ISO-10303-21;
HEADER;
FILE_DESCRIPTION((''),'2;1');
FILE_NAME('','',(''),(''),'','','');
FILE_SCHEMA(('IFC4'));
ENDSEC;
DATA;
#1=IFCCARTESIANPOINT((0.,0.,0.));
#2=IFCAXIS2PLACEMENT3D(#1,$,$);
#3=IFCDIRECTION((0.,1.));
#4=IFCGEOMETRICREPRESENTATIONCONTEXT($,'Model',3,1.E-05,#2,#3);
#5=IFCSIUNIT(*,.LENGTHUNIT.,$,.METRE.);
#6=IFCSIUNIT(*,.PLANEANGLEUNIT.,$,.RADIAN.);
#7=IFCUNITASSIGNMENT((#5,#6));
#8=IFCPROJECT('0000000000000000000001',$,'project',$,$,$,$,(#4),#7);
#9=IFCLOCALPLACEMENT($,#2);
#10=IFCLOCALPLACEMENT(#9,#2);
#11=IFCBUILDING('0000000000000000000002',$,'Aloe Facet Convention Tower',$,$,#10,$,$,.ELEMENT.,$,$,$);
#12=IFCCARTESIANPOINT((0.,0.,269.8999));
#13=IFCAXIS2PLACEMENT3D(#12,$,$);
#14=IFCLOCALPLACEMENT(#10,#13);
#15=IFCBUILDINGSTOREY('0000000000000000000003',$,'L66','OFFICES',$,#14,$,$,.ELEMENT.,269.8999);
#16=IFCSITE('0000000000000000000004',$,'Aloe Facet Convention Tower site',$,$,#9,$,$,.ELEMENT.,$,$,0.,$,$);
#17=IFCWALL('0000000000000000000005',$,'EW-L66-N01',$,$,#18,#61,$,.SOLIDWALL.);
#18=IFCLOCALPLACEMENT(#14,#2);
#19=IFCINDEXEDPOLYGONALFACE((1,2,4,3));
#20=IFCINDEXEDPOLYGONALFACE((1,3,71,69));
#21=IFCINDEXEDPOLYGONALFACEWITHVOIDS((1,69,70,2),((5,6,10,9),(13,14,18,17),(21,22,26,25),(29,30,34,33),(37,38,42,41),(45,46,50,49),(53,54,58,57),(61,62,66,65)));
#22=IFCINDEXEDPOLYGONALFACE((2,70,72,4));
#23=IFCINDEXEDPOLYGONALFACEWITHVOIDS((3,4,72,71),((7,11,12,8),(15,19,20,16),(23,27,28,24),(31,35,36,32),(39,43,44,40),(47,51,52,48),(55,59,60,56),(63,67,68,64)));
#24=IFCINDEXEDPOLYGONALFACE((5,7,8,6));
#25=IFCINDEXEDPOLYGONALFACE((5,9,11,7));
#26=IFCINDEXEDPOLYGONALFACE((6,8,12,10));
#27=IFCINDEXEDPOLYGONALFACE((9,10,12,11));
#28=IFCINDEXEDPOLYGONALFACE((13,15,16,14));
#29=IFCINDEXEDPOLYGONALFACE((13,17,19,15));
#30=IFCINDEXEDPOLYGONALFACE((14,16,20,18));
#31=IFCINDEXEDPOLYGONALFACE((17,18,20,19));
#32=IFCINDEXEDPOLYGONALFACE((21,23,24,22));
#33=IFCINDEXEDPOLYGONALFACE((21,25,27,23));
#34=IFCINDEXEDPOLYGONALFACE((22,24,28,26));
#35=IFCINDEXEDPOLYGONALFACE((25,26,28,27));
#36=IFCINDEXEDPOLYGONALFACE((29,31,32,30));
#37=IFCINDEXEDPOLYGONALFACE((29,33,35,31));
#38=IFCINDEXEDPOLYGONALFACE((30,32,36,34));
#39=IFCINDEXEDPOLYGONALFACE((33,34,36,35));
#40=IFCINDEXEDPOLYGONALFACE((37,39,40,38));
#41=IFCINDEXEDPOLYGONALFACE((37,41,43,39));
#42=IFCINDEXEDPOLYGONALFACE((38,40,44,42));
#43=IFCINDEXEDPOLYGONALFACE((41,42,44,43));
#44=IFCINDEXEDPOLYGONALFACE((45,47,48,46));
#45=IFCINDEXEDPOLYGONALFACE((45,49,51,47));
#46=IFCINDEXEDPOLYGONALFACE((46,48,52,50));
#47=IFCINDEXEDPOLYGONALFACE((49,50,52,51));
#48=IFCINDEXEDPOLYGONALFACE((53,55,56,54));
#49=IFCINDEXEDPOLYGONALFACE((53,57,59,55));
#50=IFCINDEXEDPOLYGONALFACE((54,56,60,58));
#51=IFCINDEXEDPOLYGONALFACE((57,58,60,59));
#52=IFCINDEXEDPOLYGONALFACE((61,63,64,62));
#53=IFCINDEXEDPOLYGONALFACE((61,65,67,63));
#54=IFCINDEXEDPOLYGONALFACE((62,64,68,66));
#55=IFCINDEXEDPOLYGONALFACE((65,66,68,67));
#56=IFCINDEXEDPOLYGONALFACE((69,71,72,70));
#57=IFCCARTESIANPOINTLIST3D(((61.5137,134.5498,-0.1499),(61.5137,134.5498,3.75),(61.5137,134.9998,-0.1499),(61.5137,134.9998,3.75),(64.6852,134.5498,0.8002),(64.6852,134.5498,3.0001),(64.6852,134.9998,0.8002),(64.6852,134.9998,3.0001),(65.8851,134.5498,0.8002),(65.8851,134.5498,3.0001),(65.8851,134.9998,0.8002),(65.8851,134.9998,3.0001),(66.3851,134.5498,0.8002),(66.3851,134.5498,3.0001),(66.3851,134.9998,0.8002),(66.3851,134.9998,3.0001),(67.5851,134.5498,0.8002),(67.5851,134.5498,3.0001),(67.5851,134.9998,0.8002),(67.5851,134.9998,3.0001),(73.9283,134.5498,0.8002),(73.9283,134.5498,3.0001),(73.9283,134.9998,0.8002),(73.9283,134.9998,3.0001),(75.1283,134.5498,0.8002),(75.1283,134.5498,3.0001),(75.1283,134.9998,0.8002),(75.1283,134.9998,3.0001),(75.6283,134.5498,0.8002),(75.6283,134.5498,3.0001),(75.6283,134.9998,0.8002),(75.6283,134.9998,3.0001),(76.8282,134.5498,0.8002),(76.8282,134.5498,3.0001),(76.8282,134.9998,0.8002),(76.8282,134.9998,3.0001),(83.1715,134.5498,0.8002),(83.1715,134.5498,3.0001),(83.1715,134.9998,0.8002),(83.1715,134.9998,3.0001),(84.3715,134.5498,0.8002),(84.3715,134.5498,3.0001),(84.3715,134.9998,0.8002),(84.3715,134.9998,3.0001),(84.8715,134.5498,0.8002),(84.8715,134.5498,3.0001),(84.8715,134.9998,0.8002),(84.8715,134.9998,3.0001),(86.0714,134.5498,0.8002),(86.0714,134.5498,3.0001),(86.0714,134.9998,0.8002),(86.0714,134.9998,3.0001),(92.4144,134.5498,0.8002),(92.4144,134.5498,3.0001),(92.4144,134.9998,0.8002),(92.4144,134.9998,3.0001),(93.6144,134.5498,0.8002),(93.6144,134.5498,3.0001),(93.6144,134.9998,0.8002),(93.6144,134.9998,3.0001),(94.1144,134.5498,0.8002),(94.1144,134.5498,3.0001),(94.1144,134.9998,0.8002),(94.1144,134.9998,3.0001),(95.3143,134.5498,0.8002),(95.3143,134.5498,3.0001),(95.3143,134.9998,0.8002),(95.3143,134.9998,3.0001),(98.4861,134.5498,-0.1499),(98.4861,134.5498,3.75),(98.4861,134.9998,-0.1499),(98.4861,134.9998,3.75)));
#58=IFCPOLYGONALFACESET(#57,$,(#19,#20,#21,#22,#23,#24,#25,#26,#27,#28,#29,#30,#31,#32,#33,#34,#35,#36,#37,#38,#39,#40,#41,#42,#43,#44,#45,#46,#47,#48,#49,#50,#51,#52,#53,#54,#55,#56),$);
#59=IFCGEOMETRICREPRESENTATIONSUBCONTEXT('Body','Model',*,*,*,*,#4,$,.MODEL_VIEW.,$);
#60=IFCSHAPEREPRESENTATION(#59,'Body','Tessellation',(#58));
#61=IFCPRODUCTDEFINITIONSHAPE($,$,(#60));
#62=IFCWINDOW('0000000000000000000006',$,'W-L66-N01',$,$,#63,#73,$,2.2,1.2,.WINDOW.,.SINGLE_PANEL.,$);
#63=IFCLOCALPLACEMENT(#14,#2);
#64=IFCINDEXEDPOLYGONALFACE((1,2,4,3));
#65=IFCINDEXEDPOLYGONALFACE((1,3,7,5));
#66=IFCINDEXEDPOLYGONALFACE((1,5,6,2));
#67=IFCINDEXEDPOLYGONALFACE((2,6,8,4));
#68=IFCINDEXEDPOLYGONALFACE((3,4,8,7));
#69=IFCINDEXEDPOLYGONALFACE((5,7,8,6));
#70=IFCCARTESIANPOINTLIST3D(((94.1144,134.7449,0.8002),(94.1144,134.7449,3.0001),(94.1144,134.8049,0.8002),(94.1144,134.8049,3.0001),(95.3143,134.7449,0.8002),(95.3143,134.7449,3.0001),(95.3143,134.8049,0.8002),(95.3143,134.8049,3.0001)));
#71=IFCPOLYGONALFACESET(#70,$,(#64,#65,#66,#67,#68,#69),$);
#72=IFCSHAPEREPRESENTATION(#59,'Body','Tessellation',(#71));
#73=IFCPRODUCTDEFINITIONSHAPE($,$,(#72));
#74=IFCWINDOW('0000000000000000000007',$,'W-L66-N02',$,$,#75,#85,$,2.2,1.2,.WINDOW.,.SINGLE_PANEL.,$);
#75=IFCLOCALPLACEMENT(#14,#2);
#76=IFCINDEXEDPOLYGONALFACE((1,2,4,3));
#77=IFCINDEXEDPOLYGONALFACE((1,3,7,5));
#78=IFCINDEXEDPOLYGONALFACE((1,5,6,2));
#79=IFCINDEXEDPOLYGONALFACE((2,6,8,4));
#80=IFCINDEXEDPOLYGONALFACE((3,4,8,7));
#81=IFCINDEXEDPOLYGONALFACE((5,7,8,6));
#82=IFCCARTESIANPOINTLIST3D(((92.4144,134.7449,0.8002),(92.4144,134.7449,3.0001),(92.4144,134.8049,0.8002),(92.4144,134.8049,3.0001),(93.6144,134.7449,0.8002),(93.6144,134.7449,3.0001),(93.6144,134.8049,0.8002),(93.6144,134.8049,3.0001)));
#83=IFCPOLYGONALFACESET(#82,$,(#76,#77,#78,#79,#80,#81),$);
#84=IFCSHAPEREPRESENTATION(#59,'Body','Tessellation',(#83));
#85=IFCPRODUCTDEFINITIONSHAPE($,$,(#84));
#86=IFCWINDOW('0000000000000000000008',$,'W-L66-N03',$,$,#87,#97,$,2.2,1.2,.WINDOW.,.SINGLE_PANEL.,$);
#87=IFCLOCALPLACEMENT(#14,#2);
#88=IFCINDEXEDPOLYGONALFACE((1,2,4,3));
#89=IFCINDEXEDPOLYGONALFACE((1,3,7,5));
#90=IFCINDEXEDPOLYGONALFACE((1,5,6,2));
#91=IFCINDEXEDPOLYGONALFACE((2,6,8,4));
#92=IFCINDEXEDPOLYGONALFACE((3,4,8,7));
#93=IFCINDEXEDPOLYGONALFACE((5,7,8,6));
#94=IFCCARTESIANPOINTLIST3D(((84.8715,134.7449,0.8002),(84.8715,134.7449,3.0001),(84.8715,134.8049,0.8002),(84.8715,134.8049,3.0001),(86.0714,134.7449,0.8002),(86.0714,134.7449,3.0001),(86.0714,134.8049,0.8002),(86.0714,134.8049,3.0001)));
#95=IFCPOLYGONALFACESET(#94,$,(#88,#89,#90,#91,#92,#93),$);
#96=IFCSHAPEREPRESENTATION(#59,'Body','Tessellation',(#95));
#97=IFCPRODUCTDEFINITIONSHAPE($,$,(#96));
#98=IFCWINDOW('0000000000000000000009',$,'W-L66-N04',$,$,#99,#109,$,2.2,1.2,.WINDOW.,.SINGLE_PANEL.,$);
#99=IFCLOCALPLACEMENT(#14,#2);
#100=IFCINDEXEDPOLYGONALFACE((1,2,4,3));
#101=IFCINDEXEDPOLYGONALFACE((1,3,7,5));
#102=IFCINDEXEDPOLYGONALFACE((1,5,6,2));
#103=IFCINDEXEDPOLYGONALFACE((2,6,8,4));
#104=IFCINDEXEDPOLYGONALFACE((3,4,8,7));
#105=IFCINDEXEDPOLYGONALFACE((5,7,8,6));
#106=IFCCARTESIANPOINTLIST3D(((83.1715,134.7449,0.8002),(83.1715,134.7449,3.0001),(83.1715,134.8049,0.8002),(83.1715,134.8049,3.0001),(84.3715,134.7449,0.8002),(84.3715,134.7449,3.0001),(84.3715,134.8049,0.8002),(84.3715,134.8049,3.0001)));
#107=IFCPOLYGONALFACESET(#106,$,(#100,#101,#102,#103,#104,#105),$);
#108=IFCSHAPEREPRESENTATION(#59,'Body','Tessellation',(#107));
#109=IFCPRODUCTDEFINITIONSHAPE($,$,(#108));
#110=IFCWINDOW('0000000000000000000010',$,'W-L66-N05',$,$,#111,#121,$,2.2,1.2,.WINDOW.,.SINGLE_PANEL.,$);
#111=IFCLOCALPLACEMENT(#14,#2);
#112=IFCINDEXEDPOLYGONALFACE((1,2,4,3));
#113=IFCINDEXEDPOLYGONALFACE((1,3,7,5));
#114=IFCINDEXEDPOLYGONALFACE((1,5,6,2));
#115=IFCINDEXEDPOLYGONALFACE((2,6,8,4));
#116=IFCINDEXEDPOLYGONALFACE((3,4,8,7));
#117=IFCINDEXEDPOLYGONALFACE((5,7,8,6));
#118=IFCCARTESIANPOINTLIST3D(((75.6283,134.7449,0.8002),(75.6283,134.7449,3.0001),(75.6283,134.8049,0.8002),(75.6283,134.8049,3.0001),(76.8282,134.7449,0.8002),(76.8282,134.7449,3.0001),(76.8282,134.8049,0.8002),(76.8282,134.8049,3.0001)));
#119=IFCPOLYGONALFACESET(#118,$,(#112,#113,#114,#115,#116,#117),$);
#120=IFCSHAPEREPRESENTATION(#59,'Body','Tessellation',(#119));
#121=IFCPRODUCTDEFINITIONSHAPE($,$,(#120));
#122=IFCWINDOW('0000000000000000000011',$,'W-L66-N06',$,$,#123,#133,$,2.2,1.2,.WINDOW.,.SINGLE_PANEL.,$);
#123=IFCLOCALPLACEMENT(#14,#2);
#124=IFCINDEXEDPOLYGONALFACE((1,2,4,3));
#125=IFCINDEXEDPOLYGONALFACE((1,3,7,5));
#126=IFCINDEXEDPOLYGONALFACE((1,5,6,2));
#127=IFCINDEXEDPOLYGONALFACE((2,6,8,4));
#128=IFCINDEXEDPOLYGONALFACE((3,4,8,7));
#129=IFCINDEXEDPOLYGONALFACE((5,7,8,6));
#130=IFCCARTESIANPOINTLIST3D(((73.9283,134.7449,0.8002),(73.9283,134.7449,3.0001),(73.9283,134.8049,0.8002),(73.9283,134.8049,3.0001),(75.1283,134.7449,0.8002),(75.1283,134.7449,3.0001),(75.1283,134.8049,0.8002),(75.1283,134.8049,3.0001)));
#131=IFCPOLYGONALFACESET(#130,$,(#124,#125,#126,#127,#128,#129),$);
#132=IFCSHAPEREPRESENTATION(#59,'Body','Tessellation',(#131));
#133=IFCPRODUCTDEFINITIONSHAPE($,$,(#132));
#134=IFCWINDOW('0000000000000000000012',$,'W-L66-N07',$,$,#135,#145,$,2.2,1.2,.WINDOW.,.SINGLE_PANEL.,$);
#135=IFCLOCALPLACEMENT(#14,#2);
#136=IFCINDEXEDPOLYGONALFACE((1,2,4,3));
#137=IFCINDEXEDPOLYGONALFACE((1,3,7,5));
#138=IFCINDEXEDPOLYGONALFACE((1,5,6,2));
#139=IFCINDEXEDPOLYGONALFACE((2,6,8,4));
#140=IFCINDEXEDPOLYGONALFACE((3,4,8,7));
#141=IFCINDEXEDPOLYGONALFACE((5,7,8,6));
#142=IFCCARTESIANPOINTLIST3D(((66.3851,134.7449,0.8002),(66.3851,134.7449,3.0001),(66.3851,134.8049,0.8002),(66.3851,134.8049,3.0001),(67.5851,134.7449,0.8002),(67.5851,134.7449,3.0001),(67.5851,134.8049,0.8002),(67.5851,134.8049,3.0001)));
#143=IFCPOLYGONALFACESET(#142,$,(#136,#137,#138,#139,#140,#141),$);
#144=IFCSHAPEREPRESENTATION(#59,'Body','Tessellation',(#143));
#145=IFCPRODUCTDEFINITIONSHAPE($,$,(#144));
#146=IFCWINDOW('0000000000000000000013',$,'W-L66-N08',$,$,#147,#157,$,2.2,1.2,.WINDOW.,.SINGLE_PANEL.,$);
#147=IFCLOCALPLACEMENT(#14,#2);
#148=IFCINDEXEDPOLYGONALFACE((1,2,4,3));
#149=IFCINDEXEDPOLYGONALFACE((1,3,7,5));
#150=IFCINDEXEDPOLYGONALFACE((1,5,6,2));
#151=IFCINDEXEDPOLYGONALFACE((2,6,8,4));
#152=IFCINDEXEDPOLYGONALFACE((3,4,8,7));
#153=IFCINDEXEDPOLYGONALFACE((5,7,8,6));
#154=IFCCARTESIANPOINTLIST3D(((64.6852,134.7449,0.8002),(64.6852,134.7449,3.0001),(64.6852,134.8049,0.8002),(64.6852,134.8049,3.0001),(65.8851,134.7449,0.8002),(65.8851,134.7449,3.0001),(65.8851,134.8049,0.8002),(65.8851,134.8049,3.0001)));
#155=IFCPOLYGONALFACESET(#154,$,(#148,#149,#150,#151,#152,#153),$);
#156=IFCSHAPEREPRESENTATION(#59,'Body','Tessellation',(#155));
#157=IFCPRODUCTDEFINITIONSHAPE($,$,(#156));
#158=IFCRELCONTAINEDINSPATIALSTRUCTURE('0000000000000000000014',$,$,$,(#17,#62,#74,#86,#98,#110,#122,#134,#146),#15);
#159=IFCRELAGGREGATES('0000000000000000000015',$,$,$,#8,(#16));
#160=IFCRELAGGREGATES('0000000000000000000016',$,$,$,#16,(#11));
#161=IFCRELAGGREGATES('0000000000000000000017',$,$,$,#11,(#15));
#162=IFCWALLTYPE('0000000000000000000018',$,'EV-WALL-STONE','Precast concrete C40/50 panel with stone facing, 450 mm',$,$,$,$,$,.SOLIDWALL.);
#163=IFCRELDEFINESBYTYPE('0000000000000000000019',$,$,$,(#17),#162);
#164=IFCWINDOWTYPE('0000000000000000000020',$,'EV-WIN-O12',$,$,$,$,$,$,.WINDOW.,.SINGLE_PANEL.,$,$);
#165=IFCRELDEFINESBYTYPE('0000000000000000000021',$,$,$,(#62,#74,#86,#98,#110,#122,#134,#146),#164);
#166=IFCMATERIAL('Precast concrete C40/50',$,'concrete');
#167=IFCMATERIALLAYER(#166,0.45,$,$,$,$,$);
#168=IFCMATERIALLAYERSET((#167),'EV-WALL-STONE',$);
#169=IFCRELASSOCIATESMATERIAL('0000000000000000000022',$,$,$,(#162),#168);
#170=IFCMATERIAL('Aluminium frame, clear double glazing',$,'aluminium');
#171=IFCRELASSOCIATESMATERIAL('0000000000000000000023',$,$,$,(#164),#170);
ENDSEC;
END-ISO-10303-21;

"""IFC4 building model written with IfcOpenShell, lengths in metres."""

from ifc_helpers import new_model, si_unit, direction, frame, frame_2d, origin, place, context, subcontext, project, spatial, polyline, rectangle, outline, extrude, material, layer, layer_set, type_object, element, fill, save


model = new_model("IFC4")

# Units and contexts
model_context = context("Model", 3, precision=1e-05, world=origin(), true_north=direction((0.0, 1.0)))
body_context = subcontext(model_context, "Body", "Model", "MODEL_VIEW")
ifc_project = project(units=[si_unit("LENGTHUNIT", "METRE"), si_unit("PLANEANGLEUNIT", "RADIAN")], contexts=[model_context])

# Site, building, storey
site_placement = place(None, origin())
site = spatial("IfcSite", under=ifc_project, at=site_placement, Name="Aloe Facet Convention Tower site", CompositionType="ELEMENT", RefElevation=0.0)
building_placement = place(site_placement, origin())
building = spatial("IfcBuilding", under=site, at=building_placement, Name="Aloe Facet Convention Tower", CompositionType="ELEMENT")
storey_placement = place(building_placement, frame((0.0, 0.0, 269.8999)))
storey = spatial("IfcBuildingStorey", under=building, at=storey_placement, Name="L66", Description="OFFICES", CompositionType="ELEMENT", Elevation=269.8999)

# Wall, openings, windows
ifc_material_1 = material(Name="Precast concrete C40/50", Category="concrete")
ifc_layer_1 = layer(ifc_material_1, 0.45)
ifc_layer_set_1 = layer_set([ifc_layer_1], Name="EV-WALL-STONE")
wall_type_1 = type_object("IfcWallType", Name="EV-WALL-STONE", Description="Precast concrete C40/50 panel with stone facing, 450 mm", PredefinedType="SOLIDWALL", material=ifc_layer_set_1)
wall_1_placement = place(storey_placement, frame((98.4861, 134.7749, -0.1499), z_axis=(0.0, 0.0, 1.0), x_axis=(-1.0, 0.0, 0.0)))
wall_1 = element("IfcWall", 1, at=wall_1_placement, inside=storey, type_object=wall_type_1, Name="EW-L66-N01", PredefinedType="SOLIDWALL", context=body_context, shape_type="SweptSolid", body=[
    extrude(outline(polyline([(36.9724, 0.0), (36.9724, 3.8999), (0.0, 3.8999), (0.0, 0.0), (36.9724, 0.0)])), frame((0.0, 0.2251, 0.0), z_axis=(0.0, -1.0, 0.0), x_axis=(1.0, 0.0, 0.0)), (0.0, 0.0, 1.0), 0.45),
])
opening_1_placement = place(wall_1_placement, frame((3.1716, 0.0, 0.95)))
opening_1 = element("IfcOpeningElement", 2, at=opening_1_placement, cuts=wall_1, PredefinedType="OPENING", context=body_context, shape_type="SweptSolid", body=[
    extrude(rectangle(XDim=1.2, YDim=2.2, at=frame_2d((0.6001, 1.1001))), frame((0.0, 0.2349, 0.0), z_axis=(0.0, -1.0, 0.0), x_axis=(1.0, 0.0, 0.0)), (0.0, 0.0, 1.0), 0.47),
])
opening_2_placement = place(wall_1_placement, frame((4.8716, 0.0, 0.95)))
opening_2 = element("IfcOpeningElement", 3, at=opening_2_placement, cuts=wall_1, PredefinedType="OPENING", context=body_context, shape_type="SweptSolid", body=[
    extrude(rectangle(XDim=1.2, YDim=2.2, at=frame_2d((0.6001, 1.1001))), frame((0.0, 0.2349, 0.0), z_axis=(0.0, -1.0, 0.0), x_axis=(1.0, 0.0, 0.0)), (0.0, 0.0, 1.0), 0.47),
])
opening_3_placement = place(wall_1_placement, frame((12.4146, 0.0, 0.95)))
opening_3 = element("IfcOpeningElement", 4, at=opening_3_placement, cuts=wall_1, PredefinedType="OPENING", context=body_context, shape_type="SweptSolid", body=[
    extrude(rectangle(XDim=1.2, YDim=2.2, at=frame_2d((0.6001, 1.1001))), frame((0.0, 0.2349, 0.0), z_axis=(0.0, -1.0, 0.0), x_axis=(1.0, 0.0, 0.0)), (0.0, 0.0, 1.0), 0.47),
])
opening_4_placement = place(wall_1_placement, frame((14.1145, 0.0, 0.95)))
opening_4 = element("IfcOpeningElement", 5, at=opening_4_placement, cuts=wall_1, PredefinedType="OPENING", context=body_context, shape_type="SweptSolid", body=[
    extrude(rectangle(XDim=1.2, YDim=2.2, at=frame_2d((0.6001, 1.1001))), frame((0.0, 0.2349, 0.0), z_axis=(0.0, -1.0, 0.0), x_axis=(1.0, 0.0, 0.0)), (0.0, 0.0, 1.0), 0.47),
])
opening_5_placement = place(wall_1_placement, frame((21.6577, 0.0, 0.95)))
opening_5 = element("IfcOpeningElement", 6, at=opening_5_placement, cuts=wall_1, PredefinedType="OPENING", context=body_context, shape_type="SweptSolid", body=[
    extrude(rectangle(XDim=1.2, YDim=2.2, at=frame_2d((0.6001, 1.1001))), frame((0.0, 0.2349, 0.0), z_axis=(0.0, -1.0, 0.0), x_axis=(1.0, 0.0, 0.0)), (0.0, 0.0, 1.0), 0.47),
])
opening_6_placement = place(wall_1_placement, frame((23.3577, 0.0, 0.95)))
opening_6 = element("IfcOpeningElement", 7, at=opening_6_placement, cuts=wall_1, PredefinedType="OPENING", context=body_context, shape_type="SweptSolid", body=[
    extrude(rectangle(XDim=1.2, YDim=2.2, at=frame_2d((0.6001, 1.1001))), frame((0.0, 0.2349, 0.0), z_axis=(0.0, -1.0, 0.0), x_axis=(1.0, 0.0, 0.0)), (0.0, 0.0, 1.0), 0.47),
])
opening_7_placement = place(wall_1_placement, frame((30.9009, 0.0, 0.95)))
opening_7 = element("IfcOpeningElement", 8, at=opening_7_placement, cuts=wall_1, PredefinedType="OPENING", context=body_context, shape_type="SweptSolid", body=[
    extrude(rectangle(XDim=1.2, YDim=2.2, at=frame_2d((0.6001, 1.1001))), frame((0.0, 0.2349, 0.0), z_axis=(0.0, -1.0, 0.0), x_axis=(1.0, 0.0, 0.0)), (0.0, 0.0, 1.0), 0.47),
])
opening_8_placement = place(wall_1_placement, frame((32.6008, 0.0, 0.95)))
opening_8 = element("IfcOpeningElement", 9, at=opening_8_placement, cuts=wall_1, PredefinedType="OPENING", context=body_context, shape_type="SweptSolid", body=[
    extrude(rectangle(XDim=1.2, YDim=2.2, at=frame_2d((0.6001, 1.1001))), frame((0.0, 0.2349, 0.0), z_axis=(0.0, -1.0, 0.0), x_axis=(1.0, 0.0, 0.0)), (0.0, 0.0, 1.0), 0.47),
])
ifc_material_2 = material(Name="Aluminium frame, clear double glazing", Category="aluminium")
window_type = type_object("IfcWindowType", Name="EV-WIN-O12", PartitioningType="SINGLE_PANEL", PredefinedType="WINDOW", material=ifc_material_2)
window_1_placement = place(opening_1_placement, origin())
window_1 = element("IfcWindow", 10, at=window_1_placement, inside=storey, type_object=window_type, Name="W-L66-N01", OverallHeight=2.2, OverallWidth=1.2, PartitioningType="SINGLE_PANEL", PredefinedType="WINDOW", context=body_context, shape_type="SweptSolid", body=[
    extrude(rectangle(XDim=1.2, YDim=2.2, at=frame_2d((0.6001, 1.1001))), frame((0.0, 0.03, 0.0), z_axis=(0.0, -1.0, 0.0), x_axis=(1.0, 0.0, 0.0)), (0.0, 0.0, 1.0), 0.0601),
])
fill(opening_1, window_1)
window_2_placement = place(opening_2_placement, origin())
window_2 = element("IfcWindow", 11, at=window_2_placement, inside=storey, type_object=window_type, Name="W-L66-N02", OverallHeight=2.2, OverallWidth=1.2, PartitioningType="SINGLE_PANEL", PredefinedType="WINDOW", context=body_context, shape_type="SweptSolid", body=[
    extrude(rectangle(XDim=1.2, YDim=2.2, at=frame_2d((0.6001, 1.1001))), frame((0.0, 0.03, 0.0), z_axis=(0.0, -1.0, 0.0), x_axis=(1.0, 0.0, 0.0)), (0.0, 0.0, 1.0), 0.0601),
])
fill(opening_2, window_2)
window_3_placement = place(opening_3_placement, origin())
window_3 = element("IfcWindow", 12, at=window_3_placement, inside=storey, type_object=window_type, Name="W-L66-N03", OverallHeight=2.2, OverallWidth=1.2, PartitioningType="SINGLE_PANEL", PredefinedType="WINDOW", context=body_context, shape_type="SweptSolid", body=[
    extrude(rectangle(XDim=1.2, YDim=2.2, at=frame_2d((0.6001, 1.1001))), frame((0.0, 0.03, 0.0), z_axis=(0.0, -1.0, 0.0), x_axis=(1.0, 0.0, 0.0)), (0.0, 0.0, 1.0), 0.0601),
])
fill(opening_3, window_3)
window_4_placement = place(opening_4_placement, origin())
window_4 = element("IfcWindow", 13, at=window_4_placement, inside=storey, type_object=window_type, Name="W-L66-N04", OverallHeight=2.2, OverallWidth=1.2, PartitioningType="SINGLE_PANEL", PredefinedType="WINDOW", context=body_context, shape_type="SweptSolid", body=[
    extrude(rectangle(XDim=1.2, YDim=2.2, at=frame_2d((0.6001, 1.1001))), frame((0.0, 0.03, 0.0), z_axis=(0.0, -1.0, 0.0), x_axis=(1.0, 0.0, 0.0)), (0.0, 0.0, 1.0), 0.0601),
])
fill(opening_4, window_4)
window_5_placement = place(opening_5_placement, origin())
window_5 = element("IfcWindow", 14, at=window_5_placement, inside=storey, type_object=window_type, Name="W-L66-N05", OverallHeight=2.2, OverallWidth=1.2, PartitioningType="SINGLE_PANEL", PredefinedType="WINDOW", context=body_context, shape_type="SweptSolid", body=[
    extrude(rectangle(XDim=1.2, YDim=2.2, at=frame_2d((0.6001, 1.1001))), frame((0.0, 0.03, 0.0), z_axis=(0.0, -1.0, 0.0), x_axis=(1.0, 0.0, 0.0)), (0.0, 0.0, 1.0), 0.0601),
])
fill(opening_5, window_5)
window_6_placement = place(opening_6_placement, origin())
window_6 = element("IfcWindow", 15, at=window_6_placement, inside=storey, type_object=window_type, Name="W-L66-N06", OverallHeight=2.2, OverallWidth=1.2, PartitioningType="SINGLE_PANEL", PredefinedType="WINDOW", context=body_context, shape_type="SweptSolid", body=[
    extrude(rectangle(XDim=1.2, YDim=2.2, at=frame_2d((0.6001, 1.1001))), frame((0.0, 0.03, 0.0), z_axis=(0.0, -1.0, 0.0), x_axis=(1.0, 0.0, 0.0)), (0.0, 0.0, 1.0), 0.0601),
])
fill(opening_6, window_6)
window_7_placement = place(opening_7_placement, origin())
window_7 = element("IfcWindow", 16, at=window_7_placement, inside=storey, type_object=window_type, Name="W-L66-N07", OverallHeight=2.2, OverallWidth=1.2, PartitioningType="SINGLE_PANEL", PredefinedType="WINDOW", context=body_context, shape_type="SweptSolid", body=[
    extrude(rectangle(XDim=1.2, YDim=2.2, at=frame_2d((0.6001, 1.1001))), frame((0.0, 0.03, 0.0), z_axis=(0.0, -1.0, 0.0), x_axis=(1.0, 0.0, 0.0)), (0.0, 0.0, 1.0), 0.0601),
])
fill(opening_7, window_7)
window_8_placement = place(opening_8_placement, origin())
window_8 = element("IfcWindow", 17, at=window_8_placement, inside=storey, type_object=window_type, Name="W-L66-N08", OverallHeight=2.2, OverallWidth=1.2, PartitioningType="SINGLE_PANEL", PredefinedType="WINDOW", context=body_context, shape_type="SweptSolid", body=[
    extrude(rectangle(XDim=1.2, YDim=2.2, at=frame_2d((0.6001, 1.1001))), frame((0.0, 0.03, 0.0), z_axis=(0.0, -1.0, 0.0), x_axis=(1.0, 0.0, 0.0)), (0.0, 0.0, 1.0), 0.0601),
])
fill(opening_8, window_8)

save(model, "model.ifc")
